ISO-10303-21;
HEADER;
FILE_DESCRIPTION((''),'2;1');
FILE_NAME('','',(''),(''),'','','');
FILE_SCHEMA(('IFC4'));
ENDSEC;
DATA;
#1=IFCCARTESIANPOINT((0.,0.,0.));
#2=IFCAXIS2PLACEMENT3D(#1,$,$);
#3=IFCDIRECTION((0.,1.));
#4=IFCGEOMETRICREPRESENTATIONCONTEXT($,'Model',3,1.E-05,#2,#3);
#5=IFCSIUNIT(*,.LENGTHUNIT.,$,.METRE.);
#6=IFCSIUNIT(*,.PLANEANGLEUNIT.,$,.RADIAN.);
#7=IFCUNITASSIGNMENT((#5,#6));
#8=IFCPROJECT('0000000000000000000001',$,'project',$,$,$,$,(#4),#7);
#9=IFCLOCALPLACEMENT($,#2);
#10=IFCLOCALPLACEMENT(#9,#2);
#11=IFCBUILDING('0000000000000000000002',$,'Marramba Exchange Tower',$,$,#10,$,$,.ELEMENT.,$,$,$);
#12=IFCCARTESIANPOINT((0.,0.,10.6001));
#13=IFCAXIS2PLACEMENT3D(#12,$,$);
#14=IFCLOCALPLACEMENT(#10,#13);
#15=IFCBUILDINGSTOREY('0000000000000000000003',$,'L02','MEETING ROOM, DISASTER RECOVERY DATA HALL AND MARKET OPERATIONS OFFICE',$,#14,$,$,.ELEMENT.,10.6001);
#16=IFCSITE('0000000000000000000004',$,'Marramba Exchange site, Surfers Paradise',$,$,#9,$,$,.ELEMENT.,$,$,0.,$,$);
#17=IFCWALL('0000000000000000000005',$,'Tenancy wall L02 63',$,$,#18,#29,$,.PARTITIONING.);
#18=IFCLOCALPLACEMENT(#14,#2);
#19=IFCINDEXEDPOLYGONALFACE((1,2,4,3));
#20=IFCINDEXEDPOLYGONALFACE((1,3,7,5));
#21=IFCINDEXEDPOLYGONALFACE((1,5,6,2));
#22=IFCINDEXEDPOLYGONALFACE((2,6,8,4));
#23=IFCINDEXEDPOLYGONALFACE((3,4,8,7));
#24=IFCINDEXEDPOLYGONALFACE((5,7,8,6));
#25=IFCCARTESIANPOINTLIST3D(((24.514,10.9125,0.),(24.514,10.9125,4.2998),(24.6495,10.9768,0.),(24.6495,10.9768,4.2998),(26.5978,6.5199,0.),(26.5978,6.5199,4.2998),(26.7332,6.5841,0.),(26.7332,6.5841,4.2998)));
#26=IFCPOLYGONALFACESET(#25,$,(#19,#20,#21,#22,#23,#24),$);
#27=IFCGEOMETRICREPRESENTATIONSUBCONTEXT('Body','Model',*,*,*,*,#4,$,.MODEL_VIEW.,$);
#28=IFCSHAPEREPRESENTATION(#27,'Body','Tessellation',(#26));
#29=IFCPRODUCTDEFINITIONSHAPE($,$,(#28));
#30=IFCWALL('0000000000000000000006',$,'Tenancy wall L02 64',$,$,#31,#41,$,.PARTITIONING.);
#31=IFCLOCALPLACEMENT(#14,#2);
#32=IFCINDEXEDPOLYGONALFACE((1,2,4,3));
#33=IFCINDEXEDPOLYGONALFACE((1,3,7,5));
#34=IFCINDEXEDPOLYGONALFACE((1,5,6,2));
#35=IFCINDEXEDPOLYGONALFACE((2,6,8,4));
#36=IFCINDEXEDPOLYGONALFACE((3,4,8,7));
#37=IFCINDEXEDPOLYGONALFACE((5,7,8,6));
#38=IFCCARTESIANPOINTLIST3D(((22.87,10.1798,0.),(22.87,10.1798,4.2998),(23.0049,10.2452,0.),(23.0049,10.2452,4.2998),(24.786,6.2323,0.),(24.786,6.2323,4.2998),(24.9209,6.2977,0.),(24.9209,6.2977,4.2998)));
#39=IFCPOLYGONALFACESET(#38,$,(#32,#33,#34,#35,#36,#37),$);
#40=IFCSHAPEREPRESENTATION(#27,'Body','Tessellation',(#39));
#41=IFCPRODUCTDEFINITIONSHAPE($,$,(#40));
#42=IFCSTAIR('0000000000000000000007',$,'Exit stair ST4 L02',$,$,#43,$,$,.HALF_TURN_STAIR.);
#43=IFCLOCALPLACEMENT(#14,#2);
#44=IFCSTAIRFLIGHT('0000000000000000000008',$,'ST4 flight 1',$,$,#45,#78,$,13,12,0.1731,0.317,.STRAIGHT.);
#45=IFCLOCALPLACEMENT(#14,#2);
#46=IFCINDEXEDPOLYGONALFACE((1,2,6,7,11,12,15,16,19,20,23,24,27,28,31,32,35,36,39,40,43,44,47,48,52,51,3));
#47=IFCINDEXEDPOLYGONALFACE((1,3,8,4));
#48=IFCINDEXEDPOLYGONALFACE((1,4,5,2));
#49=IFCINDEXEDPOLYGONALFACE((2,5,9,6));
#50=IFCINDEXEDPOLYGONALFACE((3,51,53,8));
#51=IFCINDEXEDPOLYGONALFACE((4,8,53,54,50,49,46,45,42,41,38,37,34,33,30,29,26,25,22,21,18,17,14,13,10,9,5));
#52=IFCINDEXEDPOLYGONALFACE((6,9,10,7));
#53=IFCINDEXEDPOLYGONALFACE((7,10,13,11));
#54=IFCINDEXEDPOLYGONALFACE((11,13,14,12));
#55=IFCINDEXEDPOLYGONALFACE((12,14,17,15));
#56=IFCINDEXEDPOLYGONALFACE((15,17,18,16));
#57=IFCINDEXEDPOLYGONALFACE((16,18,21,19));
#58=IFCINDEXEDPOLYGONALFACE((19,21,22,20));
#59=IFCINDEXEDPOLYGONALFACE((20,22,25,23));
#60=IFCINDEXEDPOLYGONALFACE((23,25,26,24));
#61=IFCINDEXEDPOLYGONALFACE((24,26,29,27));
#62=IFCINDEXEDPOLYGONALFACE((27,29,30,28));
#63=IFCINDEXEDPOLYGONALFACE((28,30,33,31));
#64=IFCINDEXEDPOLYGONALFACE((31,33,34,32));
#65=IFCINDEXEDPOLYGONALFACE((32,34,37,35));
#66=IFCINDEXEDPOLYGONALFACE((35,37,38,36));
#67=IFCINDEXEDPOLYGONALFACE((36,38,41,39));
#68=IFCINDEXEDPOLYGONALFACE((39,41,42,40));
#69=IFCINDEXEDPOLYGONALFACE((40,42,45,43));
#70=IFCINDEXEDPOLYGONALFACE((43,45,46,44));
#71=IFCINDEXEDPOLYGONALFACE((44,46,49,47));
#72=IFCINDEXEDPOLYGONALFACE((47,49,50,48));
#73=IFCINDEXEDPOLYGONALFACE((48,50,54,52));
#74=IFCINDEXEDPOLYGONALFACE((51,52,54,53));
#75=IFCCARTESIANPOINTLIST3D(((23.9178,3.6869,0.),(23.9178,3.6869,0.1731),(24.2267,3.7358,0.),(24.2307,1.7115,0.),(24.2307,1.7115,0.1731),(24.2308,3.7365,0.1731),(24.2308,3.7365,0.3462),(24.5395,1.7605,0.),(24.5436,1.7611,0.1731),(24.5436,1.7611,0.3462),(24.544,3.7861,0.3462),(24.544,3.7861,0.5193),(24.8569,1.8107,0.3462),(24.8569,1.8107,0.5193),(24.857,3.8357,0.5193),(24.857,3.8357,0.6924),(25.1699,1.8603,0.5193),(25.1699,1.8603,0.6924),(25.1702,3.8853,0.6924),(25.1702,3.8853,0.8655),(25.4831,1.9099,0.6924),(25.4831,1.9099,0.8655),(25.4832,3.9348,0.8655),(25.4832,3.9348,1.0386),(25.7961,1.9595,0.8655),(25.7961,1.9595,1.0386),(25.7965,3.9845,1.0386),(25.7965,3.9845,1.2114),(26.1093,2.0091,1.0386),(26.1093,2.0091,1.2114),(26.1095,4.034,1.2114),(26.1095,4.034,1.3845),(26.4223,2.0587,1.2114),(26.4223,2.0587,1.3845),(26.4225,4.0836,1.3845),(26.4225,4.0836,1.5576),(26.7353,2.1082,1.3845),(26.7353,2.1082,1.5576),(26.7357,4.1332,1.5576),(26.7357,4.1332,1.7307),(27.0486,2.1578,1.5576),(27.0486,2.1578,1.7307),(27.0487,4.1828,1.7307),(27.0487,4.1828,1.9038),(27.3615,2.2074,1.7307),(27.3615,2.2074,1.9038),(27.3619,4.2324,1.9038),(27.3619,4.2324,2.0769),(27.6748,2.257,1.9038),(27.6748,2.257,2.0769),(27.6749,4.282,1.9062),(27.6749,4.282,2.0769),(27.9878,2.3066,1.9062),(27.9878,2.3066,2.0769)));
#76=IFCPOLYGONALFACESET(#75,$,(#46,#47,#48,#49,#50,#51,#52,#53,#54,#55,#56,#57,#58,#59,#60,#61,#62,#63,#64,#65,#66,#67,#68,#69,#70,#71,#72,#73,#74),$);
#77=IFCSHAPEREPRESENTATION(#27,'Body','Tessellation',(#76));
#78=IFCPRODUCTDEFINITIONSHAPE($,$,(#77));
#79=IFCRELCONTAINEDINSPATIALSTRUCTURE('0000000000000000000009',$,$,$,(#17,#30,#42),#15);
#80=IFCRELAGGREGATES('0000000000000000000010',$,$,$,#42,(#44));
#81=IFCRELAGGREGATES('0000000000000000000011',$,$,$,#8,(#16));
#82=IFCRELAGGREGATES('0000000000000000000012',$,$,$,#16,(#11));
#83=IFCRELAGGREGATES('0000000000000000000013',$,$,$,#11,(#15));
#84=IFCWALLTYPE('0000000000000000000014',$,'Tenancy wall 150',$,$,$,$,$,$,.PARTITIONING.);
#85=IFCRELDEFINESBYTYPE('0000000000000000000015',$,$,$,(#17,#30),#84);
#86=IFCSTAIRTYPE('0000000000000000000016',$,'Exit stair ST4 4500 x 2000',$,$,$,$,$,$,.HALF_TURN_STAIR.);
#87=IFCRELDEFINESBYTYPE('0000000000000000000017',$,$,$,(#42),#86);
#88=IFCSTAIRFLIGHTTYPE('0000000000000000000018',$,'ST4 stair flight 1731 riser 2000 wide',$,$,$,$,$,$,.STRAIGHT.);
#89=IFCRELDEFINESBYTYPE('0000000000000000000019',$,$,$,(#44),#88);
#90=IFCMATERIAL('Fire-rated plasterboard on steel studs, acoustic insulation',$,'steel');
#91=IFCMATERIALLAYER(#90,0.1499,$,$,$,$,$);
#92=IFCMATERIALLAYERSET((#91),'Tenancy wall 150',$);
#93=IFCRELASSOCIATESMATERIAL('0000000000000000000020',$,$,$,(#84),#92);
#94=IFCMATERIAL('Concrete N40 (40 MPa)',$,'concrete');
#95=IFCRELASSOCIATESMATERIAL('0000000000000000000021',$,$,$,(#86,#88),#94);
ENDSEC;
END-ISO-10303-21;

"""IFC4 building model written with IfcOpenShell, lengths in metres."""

from ifc_helpers import new_model, si_unit, direction, frame, frame_2d, origin, place, context, subcontext, project, spatial, polyline, rectangle, outline, extrude, material, layer, layer_set, type_object, element, aggregate, save


model = new_model("IFC4")

# Units and contexts
model_context = context("Model", 3, precision=1e-05, world=origin(), true_north=direction((0.0, 1.0)))
body_context = subcontext(model_context, "Body", "Model", "MODEL_VIEW")
ifc_project = project(units=[si_unit("LENGTHUNIT", "METRE"), si_unit("PLANEANGLEUNIT", "RADIAN")], contexts=[model_context])

# Site, building, storey
site_placement = place(None, origin())
site = spatial("IfcSite", under=ifc_project, at=site_placement, Name="Marramba Exchange site, Surfers Paradise", CompositionType="ELEMENT", RefElevation=0.0)
building_placement = place(site_placement, origin())
building = spatial("IfcBuilding", under=site, at=building_placement, Name="Marramba Exchange Tower", CompositionType="ELEMENT")
storey_placement = place(building_placement, frame((0.0, 0.0, 10.6001)))
storey = spatial("IfcBuildingStorey", under=building, at=storey_placement, Name="L02", Description="MEETING ROOM, DISASTER RECOVERY DATA HALL AND MARKET OPERATIONS OFFICE", CompositionType="ELEMENT", Elevation=10.6001)

# Walls
ifc_material_1 = material(Name="Fire-rated plasterboard on steel studs, acoustic insulation", Category="steel")
ifc_layer_1 = layer(ifc_material_1, 0.1499)
ifc_layer_set_1 = layer_set([ifc_layer_1], Name="Tenancy wall 150")
wall_type_1 = type_object("IfcWallType", Name="Tenancy wall 150", PredefinedType="PARTITIONING", material=ifc_layer_set_1)
wall_1_placement = place(storey_placement, frame((26.6655, 6.552, 0.0), z_axis=(0.0, 0.0, 1.0), x_axis=(-0.428598, 0.903495, 0.0)))
element("IfcWall", 1, at=wall_1_placement, inside=storey, type_object=wall_type_1, Name="Tenancy wall L02 63", PredefinedType="PARTITIONING", context=body_context, shape_type="SweptSolid", body=[
    extrude(rectangle(XDim=4.8618, YDim=0.1499, at=frame_2d((2.4309, 0.0))), origin(), (0.0, 0.0, 1.0), 4.2998),
])
wall_2_placement = place(storey_placement, frame((22.9375, 10.2124, 0.0), z_axis=(0.0, 0.0, 1.0), x_axis=(0.436656, -0.899629, 0.0)))
element("IfcWall", 2, at=wall_2_placement, inside=storey, type_object=wall_type_1, Name="Tenancy wall L02 64", PredefinedType="PARTITIONING", context=body_context, shape_type="SweptSolid", body=[
    extrude(rectangle(XDim=4.3879, YDim=0.1499, at=frame_2d((2.1938, 0.0))), origin(), (0.0, 0.0, 1.0), 4.2998),
])

# Stair, stair flight
ifc_material_2 = material(Name="Concrete N40 (40 MPa)", Category="concrete")
stair_type = type_object("IfcStairType", Name="Exit stair ST4 4500 x 2000", PredefinedType="HALF_TURN_STAIR", material=ifc_material_2)
stair_placement = place(storey_placement, origin())
stair = element("IfcStair", 3, at=stair_placement, inside=storey, type_object=stair_type, Name="Exit stair ST4 L02", PredefinedType="HALF_TURN_STAIR")
stair_flight_type = type_object("IfcStairFlightType", Name="ST4 stair flight 1731 riser 2000 wide", PredefinedType="STRAIGHT", material=ifc_material_2)
stair_flight_placement = place(storey_placement, frame((24.0742, 2.6992, 0.0), z_axis=(0.0, 0.0, 1.0), x_axis=(0.987688, 0.156434, 0.0)))
stair_flight = element("IfcStairFlight", 4, at=stair_flight_placement, type_object=stair_flight_type, Name="ST4 flight 1", NumberOfRisers=13, NumberOfTreads=12, PredefinedType="STRAIGHT", RiserHeight=0.1731, TreadLength=0.317, context=body_context, shape_type="SweptSolid", body=[
    extrude(outline(polyline([(0.0, 0.0), (0.0, 0.1731), (0.3169, 0.1731), (0.3169, 0.3462), (0.634, 0.3462), (0.634, 0.5193), (0.9509, 0.5193), (0.9509, 0.6924), (1.2681, 0.6924), (1.2681, 0.8655), (1.585, 0.8655), (1.585, 1.0386), (1.9021, 1.0386), (1.9021, 1.2114), (2.219, 1.2114), (2.219, 1.3845), (2.5359, 1.3845), (2.5359, 1.5576), (2.853, 1.5576), (2.853, 1.7307), (3.1699, 1.7307), (3.1699, 1.9038), (3.4871, 1.9038), (3.4871, 2.0769), (3.804, 2.0769), (3.804, 2.25), (3.804, 1.9062), (0.3127, 0.0), (0.0, 0.0)])), frame((0.0, 1.0, 0.0), z_axis=(0.0, -1.0, 0.0), x_axis=(1.0, 0.0, 0.0)), (0.0, 0.0, 1.0), 2.0),
])
aggregate(stair, [stair_flight])

save(model, "model.ifc")
